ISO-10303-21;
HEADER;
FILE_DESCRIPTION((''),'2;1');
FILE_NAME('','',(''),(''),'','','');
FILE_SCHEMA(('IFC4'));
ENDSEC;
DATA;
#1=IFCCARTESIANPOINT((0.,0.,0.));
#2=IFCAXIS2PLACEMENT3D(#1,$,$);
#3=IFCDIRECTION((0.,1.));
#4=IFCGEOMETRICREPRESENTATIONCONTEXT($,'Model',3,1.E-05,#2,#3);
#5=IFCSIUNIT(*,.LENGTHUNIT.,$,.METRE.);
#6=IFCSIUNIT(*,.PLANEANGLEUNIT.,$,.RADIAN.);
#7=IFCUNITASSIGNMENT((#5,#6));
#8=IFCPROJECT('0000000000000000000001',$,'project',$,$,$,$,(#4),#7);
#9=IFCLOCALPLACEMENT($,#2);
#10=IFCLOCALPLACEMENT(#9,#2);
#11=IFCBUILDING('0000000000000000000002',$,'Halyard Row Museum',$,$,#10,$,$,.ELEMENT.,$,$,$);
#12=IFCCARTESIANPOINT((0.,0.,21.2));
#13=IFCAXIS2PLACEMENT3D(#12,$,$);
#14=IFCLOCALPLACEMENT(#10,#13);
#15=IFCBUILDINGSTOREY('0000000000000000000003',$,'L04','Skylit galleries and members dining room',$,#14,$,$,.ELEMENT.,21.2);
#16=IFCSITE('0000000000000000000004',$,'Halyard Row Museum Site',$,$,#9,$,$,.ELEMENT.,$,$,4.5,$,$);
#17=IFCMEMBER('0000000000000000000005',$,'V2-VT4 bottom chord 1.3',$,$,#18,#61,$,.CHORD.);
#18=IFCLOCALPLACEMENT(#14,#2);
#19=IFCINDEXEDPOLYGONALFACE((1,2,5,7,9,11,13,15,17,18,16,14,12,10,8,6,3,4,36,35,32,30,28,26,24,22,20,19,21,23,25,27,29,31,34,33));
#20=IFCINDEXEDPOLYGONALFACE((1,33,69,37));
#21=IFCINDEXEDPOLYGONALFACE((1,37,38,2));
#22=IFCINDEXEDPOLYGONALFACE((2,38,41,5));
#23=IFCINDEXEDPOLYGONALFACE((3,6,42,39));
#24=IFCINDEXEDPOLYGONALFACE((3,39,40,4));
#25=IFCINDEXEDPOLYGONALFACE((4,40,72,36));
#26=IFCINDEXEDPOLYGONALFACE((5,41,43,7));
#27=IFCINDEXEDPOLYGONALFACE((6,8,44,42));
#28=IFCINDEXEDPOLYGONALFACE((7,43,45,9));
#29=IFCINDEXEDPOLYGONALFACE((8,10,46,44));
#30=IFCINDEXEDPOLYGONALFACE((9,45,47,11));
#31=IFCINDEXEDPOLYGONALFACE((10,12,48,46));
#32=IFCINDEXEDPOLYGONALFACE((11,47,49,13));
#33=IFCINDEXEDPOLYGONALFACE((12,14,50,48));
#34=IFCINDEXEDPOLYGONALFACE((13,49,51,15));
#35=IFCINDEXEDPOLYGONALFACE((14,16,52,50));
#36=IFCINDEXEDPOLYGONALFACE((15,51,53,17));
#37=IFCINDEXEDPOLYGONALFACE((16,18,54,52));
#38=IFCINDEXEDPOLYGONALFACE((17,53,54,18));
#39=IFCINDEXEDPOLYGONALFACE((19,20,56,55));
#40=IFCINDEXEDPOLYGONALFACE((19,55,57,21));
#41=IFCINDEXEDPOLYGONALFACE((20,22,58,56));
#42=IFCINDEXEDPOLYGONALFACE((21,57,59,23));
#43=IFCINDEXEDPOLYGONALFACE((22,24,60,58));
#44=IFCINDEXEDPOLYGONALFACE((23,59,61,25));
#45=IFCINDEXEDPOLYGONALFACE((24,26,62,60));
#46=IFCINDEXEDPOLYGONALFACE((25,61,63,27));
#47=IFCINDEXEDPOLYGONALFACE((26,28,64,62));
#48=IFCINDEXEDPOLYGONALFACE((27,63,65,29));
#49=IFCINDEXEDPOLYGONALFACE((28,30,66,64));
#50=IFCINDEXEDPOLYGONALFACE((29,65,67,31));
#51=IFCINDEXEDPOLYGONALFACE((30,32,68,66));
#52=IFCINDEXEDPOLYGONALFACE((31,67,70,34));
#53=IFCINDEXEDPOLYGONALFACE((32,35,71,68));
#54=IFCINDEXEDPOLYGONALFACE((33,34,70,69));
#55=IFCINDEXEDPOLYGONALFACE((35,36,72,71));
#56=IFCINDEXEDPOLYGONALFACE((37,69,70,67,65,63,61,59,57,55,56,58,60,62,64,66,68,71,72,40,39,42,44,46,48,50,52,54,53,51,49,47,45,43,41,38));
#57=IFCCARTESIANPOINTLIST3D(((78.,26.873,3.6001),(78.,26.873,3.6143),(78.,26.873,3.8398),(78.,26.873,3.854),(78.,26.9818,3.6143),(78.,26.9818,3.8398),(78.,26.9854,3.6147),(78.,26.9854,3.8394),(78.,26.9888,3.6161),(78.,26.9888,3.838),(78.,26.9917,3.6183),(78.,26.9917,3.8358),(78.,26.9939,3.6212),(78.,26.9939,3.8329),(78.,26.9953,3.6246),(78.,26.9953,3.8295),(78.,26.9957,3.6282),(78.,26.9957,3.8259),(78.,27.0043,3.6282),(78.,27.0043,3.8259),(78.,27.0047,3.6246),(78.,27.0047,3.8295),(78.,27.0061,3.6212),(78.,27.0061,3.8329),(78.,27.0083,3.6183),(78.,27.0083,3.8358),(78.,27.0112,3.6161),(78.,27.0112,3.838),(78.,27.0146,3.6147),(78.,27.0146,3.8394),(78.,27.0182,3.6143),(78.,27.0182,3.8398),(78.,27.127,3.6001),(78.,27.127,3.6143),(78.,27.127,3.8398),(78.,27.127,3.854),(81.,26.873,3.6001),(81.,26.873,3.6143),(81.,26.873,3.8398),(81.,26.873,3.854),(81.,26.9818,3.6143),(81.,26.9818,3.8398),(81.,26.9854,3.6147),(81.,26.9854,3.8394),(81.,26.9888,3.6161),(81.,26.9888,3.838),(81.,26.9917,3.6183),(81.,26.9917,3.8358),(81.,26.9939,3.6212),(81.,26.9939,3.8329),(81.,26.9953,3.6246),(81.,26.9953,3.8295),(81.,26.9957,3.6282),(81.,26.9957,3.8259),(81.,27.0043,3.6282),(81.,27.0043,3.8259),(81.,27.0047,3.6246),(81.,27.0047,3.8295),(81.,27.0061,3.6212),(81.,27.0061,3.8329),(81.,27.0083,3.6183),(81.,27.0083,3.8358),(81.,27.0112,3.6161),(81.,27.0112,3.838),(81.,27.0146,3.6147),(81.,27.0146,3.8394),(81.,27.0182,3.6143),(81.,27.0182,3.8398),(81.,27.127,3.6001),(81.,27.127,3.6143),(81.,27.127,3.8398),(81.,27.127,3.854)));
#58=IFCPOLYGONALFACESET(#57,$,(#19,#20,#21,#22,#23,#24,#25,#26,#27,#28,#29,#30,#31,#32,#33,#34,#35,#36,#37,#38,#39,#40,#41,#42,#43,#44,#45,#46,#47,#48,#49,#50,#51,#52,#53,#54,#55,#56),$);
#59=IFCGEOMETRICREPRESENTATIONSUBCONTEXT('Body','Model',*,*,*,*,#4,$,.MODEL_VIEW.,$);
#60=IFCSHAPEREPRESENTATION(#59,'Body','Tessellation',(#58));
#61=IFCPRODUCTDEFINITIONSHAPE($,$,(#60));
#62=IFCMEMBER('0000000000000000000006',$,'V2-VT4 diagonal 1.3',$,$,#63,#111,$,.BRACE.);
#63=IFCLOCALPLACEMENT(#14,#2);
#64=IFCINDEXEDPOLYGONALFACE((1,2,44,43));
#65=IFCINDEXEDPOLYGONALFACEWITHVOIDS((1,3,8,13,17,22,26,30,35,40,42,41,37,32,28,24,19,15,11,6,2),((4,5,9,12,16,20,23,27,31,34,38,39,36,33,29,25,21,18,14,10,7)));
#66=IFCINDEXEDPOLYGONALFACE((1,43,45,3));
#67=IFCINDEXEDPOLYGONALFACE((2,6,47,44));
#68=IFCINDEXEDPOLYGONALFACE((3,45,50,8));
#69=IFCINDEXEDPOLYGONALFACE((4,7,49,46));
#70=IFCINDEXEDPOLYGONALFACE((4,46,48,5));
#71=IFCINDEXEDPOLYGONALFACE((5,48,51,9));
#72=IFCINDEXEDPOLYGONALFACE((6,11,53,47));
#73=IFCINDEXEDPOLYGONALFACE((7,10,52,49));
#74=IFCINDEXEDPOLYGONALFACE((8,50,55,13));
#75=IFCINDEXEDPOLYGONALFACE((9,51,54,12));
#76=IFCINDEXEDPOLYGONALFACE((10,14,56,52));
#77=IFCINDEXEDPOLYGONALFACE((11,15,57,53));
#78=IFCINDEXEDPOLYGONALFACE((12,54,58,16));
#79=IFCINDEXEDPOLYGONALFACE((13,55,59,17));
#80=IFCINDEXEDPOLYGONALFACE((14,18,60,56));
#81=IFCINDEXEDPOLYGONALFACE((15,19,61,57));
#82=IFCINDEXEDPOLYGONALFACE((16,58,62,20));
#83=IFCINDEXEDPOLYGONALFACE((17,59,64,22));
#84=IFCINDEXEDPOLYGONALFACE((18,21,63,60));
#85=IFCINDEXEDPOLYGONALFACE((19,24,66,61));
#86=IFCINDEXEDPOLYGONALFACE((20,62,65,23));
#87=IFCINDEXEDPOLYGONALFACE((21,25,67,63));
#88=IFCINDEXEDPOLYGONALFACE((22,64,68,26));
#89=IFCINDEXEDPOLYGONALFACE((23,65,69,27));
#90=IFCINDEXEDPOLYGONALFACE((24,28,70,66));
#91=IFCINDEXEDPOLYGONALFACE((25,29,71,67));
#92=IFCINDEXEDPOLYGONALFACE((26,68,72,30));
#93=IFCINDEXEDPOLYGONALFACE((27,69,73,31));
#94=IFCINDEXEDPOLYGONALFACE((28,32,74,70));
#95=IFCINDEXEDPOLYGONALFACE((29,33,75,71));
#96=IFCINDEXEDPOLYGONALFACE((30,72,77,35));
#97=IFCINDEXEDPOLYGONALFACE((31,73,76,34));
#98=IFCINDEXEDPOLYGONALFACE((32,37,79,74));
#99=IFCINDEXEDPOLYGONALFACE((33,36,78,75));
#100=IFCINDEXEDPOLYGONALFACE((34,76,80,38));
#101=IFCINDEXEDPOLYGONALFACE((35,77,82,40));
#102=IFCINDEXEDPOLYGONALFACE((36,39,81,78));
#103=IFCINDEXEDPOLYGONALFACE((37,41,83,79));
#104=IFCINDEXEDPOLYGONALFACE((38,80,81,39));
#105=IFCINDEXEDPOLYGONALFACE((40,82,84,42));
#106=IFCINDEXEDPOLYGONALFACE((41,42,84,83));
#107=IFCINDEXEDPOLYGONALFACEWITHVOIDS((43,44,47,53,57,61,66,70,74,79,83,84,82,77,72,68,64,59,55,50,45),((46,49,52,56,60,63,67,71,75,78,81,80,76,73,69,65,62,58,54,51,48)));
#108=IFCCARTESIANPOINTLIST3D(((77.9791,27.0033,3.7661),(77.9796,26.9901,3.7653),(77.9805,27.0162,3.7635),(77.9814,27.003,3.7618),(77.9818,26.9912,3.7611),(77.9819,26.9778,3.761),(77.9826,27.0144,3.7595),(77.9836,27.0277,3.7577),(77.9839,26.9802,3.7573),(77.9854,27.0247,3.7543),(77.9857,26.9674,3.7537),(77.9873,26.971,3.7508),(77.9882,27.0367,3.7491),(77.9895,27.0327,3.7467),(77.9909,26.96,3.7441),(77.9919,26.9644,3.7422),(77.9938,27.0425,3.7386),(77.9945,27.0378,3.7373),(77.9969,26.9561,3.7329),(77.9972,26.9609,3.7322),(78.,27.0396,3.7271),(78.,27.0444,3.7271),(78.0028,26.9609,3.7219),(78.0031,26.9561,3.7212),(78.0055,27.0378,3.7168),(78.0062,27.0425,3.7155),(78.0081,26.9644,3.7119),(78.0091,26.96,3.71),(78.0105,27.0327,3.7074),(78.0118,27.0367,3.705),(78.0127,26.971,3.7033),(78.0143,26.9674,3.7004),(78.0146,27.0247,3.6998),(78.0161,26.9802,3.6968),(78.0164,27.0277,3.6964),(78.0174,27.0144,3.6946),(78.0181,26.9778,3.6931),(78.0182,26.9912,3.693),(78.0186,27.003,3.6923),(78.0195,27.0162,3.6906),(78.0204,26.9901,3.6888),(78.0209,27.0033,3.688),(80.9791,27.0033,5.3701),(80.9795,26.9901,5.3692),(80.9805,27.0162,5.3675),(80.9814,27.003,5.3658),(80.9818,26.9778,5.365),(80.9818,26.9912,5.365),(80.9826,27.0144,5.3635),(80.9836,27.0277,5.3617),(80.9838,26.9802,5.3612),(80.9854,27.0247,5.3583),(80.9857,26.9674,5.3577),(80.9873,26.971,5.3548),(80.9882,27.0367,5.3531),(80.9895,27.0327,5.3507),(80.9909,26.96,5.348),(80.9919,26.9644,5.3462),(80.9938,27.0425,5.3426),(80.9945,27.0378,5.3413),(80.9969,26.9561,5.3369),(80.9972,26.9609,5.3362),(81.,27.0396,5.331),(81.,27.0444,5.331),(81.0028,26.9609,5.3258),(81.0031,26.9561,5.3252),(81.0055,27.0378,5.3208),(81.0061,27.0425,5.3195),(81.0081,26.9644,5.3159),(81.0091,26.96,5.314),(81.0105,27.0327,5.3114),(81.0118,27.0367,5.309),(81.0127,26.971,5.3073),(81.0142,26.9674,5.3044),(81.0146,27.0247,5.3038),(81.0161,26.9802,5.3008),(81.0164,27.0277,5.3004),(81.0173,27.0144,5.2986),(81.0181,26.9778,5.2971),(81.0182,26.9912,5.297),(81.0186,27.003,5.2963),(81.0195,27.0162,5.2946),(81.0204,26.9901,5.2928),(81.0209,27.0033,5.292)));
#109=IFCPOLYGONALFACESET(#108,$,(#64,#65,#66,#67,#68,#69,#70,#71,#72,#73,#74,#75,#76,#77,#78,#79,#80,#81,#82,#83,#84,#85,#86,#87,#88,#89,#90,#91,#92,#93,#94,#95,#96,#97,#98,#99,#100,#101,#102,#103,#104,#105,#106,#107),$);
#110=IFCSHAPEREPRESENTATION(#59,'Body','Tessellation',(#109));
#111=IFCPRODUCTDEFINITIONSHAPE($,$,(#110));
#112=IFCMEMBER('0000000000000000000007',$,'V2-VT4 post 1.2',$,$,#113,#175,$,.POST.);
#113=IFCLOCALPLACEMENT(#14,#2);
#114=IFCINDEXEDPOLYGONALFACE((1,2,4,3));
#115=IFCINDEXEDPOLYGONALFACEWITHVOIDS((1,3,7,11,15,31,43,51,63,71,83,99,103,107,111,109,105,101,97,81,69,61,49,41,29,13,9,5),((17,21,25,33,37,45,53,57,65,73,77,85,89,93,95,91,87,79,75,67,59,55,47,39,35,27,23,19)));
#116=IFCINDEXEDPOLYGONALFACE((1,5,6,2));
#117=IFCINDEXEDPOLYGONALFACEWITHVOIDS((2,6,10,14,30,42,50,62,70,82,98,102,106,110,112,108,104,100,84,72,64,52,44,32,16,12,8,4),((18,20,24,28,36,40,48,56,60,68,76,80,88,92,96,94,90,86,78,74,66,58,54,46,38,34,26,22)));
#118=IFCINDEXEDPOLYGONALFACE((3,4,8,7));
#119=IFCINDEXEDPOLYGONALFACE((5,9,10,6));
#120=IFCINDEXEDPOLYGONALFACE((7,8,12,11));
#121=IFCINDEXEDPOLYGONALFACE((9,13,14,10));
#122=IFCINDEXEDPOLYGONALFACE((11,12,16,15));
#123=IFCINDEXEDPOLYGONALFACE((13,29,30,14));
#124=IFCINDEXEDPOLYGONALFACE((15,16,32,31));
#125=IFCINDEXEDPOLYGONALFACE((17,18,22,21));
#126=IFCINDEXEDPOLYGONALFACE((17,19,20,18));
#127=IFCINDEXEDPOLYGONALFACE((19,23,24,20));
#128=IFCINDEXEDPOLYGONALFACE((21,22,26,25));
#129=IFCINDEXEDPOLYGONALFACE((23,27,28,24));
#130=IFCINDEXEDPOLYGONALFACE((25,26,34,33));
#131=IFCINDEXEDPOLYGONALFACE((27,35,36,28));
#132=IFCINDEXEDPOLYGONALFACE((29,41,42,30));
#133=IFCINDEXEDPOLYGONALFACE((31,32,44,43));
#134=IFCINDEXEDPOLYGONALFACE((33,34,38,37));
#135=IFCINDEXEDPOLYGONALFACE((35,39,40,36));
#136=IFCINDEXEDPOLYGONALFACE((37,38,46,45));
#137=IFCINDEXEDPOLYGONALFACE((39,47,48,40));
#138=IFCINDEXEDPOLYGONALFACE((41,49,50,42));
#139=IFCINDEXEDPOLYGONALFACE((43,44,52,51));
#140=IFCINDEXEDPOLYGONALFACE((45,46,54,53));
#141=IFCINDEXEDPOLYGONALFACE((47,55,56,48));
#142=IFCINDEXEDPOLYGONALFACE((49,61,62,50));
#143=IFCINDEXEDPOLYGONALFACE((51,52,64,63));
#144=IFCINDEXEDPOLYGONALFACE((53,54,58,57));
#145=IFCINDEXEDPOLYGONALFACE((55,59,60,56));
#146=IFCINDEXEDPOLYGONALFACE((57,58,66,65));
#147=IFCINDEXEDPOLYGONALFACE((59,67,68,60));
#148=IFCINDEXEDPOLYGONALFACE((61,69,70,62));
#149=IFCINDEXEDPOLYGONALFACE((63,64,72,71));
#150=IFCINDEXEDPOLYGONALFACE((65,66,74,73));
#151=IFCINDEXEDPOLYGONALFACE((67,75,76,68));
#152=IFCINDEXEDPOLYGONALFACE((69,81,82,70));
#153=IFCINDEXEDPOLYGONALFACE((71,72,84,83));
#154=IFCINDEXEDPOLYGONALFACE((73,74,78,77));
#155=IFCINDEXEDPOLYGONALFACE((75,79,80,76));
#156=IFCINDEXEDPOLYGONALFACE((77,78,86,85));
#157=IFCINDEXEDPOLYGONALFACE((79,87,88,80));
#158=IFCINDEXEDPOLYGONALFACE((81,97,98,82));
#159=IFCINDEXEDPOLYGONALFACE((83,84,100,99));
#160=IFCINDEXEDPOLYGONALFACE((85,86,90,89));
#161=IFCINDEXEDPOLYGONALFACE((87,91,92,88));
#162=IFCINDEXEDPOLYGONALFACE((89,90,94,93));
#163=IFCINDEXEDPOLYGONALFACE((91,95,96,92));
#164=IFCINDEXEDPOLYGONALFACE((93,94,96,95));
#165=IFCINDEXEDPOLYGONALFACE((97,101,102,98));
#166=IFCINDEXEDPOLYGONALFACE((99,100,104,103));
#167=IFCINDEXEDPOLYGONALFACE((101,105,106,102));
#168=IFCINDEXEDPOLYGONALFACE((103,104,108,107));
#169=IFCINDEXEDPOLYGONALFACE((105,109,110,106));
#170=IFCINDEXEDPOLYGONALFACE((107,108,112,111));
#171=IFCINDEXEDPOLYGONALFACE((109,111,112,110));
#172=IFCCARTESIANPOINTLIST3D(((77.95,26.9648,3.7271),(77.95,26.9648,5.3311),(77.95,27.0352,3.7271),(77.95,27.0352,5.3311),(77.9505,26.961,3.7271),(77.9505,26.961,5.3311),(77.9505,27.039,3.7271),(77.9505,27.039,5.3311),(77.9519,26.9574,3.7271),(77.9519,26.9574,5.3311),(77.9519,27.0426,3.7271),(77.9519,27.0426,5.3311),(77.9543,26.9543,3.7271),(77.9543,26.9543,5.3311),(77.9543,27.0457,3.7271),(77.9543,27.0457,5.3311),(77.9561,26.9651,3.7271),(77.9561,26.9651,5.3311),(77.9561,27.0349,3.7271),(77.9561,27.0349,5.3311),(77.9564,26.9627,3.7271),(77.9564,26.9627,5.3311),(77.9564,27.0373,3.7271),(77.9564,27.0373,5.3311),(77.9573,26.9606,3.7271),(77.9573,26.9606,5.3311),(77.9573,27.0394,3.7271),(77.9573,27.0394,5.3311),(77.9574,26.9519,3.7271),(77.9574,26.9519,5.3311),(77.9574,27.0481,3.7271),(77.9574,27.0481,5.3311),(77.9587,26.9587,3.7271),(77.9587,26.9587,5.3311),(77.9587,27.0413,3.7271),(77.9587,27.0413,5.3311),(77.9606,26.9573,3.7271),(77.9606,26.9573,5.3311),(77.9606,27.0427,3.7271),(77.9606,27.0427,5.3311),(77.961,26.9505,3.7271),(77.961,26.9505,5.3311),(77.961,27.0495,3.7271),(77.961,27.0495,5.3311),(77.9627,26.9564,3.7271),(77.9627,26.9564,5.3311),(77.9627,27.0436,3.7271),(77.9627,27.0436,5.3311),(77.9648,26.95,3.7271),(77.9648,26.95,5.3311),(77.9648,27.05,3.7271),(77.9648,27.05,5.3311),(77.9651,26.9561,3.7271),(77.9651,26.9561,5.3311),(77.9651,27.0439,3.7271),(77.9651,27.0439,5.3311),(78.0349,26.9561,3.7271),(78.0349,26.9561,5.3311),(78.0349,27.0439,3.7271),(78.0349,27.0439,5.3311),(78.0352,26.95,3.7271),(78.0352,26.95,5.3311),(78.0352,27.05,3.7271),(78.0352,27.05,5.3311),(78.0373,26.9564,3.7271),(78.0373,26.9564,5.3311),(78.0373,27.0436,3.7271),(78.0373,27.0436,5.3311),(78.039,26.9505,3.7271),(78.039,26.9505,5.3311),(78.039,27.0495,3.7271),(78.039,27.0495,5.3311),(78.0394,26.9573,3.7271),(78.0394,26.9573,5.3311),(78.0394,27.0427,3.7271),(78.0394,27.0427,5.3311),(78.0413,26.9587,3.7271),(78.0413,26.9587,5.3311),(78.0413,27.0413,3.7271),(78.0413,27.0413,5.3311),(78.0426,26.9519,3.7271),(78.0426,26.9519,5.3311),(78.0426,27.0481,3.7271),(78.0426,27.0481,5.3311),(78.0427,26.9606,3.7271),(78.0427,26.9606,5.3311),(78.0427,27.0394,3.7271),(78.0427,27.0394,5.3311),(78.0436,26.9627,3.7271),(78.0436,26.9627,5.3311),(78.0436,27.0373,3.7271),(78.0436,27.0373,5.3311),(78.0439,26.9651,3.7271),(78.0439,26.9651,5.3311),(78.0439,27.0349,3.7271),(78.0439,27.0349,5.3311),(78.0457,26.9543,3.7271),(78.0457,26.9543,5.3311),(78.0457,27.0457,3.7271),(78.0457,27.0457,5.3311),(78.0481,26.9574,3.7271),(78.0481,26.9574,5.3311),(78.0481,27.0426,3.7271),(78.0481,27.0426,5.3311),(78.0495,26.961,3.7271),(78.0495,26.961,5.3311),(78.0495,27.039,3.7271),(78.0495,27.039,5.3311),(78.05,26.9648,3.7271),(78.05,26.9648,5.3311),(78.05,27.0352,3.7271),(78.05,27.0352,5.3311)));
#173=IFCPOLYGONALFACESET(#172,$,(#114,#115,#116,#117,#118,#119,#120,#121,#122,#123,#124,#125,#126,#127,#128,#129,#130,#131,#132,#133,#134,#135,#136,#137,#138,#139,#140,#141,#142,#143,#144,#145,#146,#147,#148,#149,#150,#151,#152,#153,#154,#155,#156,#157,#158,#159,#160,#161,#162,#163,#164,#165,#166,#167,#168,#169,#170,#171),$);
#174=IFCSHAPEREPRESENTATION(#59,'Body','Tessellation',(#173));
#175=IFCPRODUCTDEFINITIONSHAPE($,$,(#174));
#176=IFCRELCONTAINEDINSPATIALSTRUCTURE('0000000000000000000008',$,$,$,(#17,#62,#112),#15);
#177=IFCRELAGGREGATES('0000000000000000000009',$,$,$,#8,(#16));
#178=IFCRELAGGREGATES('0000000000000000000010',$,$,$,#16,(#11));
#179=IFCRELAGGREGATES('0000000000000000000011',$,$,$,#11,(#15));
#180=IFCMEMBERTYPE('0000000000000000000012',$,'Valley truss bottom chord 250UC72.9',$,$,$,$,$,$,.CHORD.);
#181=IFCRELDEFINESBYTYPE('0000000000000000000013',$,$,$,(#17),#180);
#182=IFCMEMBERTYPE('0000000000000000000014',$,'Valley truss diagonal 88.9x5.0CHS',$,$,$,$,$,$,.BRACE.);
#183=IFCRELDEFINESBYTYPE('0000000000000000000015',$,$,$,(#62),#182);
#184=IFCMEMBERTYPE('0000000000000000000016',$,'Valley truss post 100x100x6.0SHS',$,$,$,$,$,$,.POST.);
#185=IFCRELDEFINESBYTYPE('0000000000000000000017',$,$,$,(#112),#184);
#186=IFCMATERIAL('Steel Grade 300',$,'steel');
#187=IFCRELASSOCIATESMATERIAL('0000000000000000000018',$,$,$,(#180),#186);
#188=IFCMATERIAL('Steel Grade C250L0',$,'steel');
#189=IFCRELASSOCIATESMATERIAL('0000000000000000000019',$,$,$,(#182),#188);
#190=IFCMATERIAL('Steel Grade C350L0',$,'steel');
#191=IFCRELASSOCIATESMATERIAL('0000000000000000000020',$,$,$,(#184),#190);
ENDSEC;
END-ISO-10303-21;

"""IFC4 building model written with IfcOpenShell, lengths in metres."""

from ifc_helpers import new_model, si_unit, direction, frame, origin, origin_2d, place, context, subcontext, project, spatial, hollow_rectangle, hollow_circle, i_section, extrude, material, material_profile, profile_set, type_object, element, save


model = new_model("IFC4")

# Units and contexts
model_context = context("Model", 3, precision=1e-05, world=origin(), true_north=direction((0.0, 1.0)))
body_context = subcontext(model_context, "Body", "Model", "MODEL_VIEW")
ifc_project = project(units=[si_unit("LENGTHUNIT", "METRE"), si_unit("PLANEANGLEUNIT", "RADIAN")], contexts=[model_context])

# Site, building, storey
site_placement = place(None, origin())
site = spatial("IfcSite", under=ifc_project, at=site_placement, Name="Halyard Row Museum Site", CompositionType="ELEMENT", RefElevation=4.5)
building_placement = place(site_placement, origin())
building = spatial("IfcBuilding", under=site, at=building_placement, Name="Halyard Row Museum", CompositionType="ELEMENT")
storey_placement = place(building_placement, frame((0.0, 0.0, 21.2)))
storey = spatial("IfcBuildingStorey", under=building, at=storey_placement, Name="L04", Description="Skylit galleries and members dining room", CompositionType="ELEMENT", Elevation=21.2)

# Members
ifc_material_1 = material(Name="Steel Grade 300", Category="steel")
ifc_material_profile_1 = material_profile(ifc_material_1, i_section(OverallWidth=0.2539, OverallDepth=0.2539, WebThickness=0.0085, FlangeThickness=0.0142, FilletRadius=0.0139, at=origin_2d()), Name="250UC72.9")
ifc_profile_set_1 = profile_set([ifc_material_profile_1], Name="Steel Grade 300")
member_type_1 = type_object("IfcMemberType", Name="Valley truss bottom chord 250UC72.9", PredefinedType="CHORD", material=ifc_profile_set_1)
member_1_placement = place(storey_placement, frame((78.0, 27.0, 3.7271), z_axis=(1.0, 0.0, 0.0), x_axis=(0.0, 1.0, 0.0)))
element("IfcMember", 1, at=member_1_placement, inside=storey, type_object=member_type_1, Name="V2-VT4 bottom chord 1.3", PredefinedType="CHORD", context=body_context, shape_type="SweptSolid", body=[
    extrude(i_section(OverallWidth=0.2539, OverallDepth=0.2539, WebThickness=0.0085, FlangeThickness=0.0142, FilletRadius=0.0139, at=origin_2d()), origin(), (0.0, 0.0, 1.0), 3.0),
])
ifc_material_2 = material(Name="Steel Grade C250L0", Category="steel")
ifc_material_profile_2 = material_profile(ifc_material_2, hollow_circle(Radius=0.0444, WallThickness=0.0049, at=origin_2d()), Name="88.9x5.0CHS")
ifc_profile_set_2 = profile_set([ifc_material_profile_2], Name="Steel Grade C250L0")
member_type_2 = type_object("IfcMemberType", Name="Valley truss diagonal 88.9x5.0CHS", PredefinedType="BRACE", material=ifc_profile_set_2)
member_2_placement = place(storey_placement, frame((78.0, 27.0, 3.7271), z_axis=(0.881864, 0.0, 0.471504), x_axis=(0.0, 1.0, 0.0)))
element("IfcMember", 2, at=member_2_placement, inside=storey, type_object=member_type_2, Name="V2-VT4 diagonal 1.3", PredefinedType="BRACE", context=body_context, shape_type="SweptSolid", body=[
    extrude(hollow_circle(Radius=0.0444, WallThickness=0.0049, at=origin_2d()), origin(), (0.0, 0.0, 1.0), 3.4019),
])
ifc_material_3 = material(Name="Steel Grade C350L0", Category="steel")
ifc_material_profile_3 = material_profile(ifc_material_3, hollow_rectangle(XDim=0.1001, YDim=0.1001, WallThickness=0.0061, InnerFilletRadius=0.009, OuterFilletRadius=0.0149, at=origin_2d()), Name="100x100x6.0SHS")
ifc_profile_set_3 = profile_set([ifc_material_profile_3], Name="Steel Grade C350L0")
member_type_3 = type_object("IfcMemberType", Name="Valley truss post 100x100x6.0SHS", PredefinedType="POST", material=ifc_profile_set_3)
member_3_placement = place(storey_placement, frame((78.0, 27.0, 3.7271), z_axis=(0.0, 0.0, 1.0), x_axis=(1.0, 0.0, 0.0)))
element("IfcMember", 3, at=member_3_placement, inside=storey, type_object=member_type_3, Name="V2-VT4 post 1.2", PredefinedType="POST", context=body_context, shape_type="SweptSolid", body=[
    extrude(hollow_rectangle(XDim=0.1001, YDim=0.1001, WallThickness=0.0061, InnerFilletRadius=0.009, OuterFilletRadius=0.0149, at=origin_2d()), origin(), (0.0, 0.0, 1.0), 1.604),
])

save(model, "model.ifc")
